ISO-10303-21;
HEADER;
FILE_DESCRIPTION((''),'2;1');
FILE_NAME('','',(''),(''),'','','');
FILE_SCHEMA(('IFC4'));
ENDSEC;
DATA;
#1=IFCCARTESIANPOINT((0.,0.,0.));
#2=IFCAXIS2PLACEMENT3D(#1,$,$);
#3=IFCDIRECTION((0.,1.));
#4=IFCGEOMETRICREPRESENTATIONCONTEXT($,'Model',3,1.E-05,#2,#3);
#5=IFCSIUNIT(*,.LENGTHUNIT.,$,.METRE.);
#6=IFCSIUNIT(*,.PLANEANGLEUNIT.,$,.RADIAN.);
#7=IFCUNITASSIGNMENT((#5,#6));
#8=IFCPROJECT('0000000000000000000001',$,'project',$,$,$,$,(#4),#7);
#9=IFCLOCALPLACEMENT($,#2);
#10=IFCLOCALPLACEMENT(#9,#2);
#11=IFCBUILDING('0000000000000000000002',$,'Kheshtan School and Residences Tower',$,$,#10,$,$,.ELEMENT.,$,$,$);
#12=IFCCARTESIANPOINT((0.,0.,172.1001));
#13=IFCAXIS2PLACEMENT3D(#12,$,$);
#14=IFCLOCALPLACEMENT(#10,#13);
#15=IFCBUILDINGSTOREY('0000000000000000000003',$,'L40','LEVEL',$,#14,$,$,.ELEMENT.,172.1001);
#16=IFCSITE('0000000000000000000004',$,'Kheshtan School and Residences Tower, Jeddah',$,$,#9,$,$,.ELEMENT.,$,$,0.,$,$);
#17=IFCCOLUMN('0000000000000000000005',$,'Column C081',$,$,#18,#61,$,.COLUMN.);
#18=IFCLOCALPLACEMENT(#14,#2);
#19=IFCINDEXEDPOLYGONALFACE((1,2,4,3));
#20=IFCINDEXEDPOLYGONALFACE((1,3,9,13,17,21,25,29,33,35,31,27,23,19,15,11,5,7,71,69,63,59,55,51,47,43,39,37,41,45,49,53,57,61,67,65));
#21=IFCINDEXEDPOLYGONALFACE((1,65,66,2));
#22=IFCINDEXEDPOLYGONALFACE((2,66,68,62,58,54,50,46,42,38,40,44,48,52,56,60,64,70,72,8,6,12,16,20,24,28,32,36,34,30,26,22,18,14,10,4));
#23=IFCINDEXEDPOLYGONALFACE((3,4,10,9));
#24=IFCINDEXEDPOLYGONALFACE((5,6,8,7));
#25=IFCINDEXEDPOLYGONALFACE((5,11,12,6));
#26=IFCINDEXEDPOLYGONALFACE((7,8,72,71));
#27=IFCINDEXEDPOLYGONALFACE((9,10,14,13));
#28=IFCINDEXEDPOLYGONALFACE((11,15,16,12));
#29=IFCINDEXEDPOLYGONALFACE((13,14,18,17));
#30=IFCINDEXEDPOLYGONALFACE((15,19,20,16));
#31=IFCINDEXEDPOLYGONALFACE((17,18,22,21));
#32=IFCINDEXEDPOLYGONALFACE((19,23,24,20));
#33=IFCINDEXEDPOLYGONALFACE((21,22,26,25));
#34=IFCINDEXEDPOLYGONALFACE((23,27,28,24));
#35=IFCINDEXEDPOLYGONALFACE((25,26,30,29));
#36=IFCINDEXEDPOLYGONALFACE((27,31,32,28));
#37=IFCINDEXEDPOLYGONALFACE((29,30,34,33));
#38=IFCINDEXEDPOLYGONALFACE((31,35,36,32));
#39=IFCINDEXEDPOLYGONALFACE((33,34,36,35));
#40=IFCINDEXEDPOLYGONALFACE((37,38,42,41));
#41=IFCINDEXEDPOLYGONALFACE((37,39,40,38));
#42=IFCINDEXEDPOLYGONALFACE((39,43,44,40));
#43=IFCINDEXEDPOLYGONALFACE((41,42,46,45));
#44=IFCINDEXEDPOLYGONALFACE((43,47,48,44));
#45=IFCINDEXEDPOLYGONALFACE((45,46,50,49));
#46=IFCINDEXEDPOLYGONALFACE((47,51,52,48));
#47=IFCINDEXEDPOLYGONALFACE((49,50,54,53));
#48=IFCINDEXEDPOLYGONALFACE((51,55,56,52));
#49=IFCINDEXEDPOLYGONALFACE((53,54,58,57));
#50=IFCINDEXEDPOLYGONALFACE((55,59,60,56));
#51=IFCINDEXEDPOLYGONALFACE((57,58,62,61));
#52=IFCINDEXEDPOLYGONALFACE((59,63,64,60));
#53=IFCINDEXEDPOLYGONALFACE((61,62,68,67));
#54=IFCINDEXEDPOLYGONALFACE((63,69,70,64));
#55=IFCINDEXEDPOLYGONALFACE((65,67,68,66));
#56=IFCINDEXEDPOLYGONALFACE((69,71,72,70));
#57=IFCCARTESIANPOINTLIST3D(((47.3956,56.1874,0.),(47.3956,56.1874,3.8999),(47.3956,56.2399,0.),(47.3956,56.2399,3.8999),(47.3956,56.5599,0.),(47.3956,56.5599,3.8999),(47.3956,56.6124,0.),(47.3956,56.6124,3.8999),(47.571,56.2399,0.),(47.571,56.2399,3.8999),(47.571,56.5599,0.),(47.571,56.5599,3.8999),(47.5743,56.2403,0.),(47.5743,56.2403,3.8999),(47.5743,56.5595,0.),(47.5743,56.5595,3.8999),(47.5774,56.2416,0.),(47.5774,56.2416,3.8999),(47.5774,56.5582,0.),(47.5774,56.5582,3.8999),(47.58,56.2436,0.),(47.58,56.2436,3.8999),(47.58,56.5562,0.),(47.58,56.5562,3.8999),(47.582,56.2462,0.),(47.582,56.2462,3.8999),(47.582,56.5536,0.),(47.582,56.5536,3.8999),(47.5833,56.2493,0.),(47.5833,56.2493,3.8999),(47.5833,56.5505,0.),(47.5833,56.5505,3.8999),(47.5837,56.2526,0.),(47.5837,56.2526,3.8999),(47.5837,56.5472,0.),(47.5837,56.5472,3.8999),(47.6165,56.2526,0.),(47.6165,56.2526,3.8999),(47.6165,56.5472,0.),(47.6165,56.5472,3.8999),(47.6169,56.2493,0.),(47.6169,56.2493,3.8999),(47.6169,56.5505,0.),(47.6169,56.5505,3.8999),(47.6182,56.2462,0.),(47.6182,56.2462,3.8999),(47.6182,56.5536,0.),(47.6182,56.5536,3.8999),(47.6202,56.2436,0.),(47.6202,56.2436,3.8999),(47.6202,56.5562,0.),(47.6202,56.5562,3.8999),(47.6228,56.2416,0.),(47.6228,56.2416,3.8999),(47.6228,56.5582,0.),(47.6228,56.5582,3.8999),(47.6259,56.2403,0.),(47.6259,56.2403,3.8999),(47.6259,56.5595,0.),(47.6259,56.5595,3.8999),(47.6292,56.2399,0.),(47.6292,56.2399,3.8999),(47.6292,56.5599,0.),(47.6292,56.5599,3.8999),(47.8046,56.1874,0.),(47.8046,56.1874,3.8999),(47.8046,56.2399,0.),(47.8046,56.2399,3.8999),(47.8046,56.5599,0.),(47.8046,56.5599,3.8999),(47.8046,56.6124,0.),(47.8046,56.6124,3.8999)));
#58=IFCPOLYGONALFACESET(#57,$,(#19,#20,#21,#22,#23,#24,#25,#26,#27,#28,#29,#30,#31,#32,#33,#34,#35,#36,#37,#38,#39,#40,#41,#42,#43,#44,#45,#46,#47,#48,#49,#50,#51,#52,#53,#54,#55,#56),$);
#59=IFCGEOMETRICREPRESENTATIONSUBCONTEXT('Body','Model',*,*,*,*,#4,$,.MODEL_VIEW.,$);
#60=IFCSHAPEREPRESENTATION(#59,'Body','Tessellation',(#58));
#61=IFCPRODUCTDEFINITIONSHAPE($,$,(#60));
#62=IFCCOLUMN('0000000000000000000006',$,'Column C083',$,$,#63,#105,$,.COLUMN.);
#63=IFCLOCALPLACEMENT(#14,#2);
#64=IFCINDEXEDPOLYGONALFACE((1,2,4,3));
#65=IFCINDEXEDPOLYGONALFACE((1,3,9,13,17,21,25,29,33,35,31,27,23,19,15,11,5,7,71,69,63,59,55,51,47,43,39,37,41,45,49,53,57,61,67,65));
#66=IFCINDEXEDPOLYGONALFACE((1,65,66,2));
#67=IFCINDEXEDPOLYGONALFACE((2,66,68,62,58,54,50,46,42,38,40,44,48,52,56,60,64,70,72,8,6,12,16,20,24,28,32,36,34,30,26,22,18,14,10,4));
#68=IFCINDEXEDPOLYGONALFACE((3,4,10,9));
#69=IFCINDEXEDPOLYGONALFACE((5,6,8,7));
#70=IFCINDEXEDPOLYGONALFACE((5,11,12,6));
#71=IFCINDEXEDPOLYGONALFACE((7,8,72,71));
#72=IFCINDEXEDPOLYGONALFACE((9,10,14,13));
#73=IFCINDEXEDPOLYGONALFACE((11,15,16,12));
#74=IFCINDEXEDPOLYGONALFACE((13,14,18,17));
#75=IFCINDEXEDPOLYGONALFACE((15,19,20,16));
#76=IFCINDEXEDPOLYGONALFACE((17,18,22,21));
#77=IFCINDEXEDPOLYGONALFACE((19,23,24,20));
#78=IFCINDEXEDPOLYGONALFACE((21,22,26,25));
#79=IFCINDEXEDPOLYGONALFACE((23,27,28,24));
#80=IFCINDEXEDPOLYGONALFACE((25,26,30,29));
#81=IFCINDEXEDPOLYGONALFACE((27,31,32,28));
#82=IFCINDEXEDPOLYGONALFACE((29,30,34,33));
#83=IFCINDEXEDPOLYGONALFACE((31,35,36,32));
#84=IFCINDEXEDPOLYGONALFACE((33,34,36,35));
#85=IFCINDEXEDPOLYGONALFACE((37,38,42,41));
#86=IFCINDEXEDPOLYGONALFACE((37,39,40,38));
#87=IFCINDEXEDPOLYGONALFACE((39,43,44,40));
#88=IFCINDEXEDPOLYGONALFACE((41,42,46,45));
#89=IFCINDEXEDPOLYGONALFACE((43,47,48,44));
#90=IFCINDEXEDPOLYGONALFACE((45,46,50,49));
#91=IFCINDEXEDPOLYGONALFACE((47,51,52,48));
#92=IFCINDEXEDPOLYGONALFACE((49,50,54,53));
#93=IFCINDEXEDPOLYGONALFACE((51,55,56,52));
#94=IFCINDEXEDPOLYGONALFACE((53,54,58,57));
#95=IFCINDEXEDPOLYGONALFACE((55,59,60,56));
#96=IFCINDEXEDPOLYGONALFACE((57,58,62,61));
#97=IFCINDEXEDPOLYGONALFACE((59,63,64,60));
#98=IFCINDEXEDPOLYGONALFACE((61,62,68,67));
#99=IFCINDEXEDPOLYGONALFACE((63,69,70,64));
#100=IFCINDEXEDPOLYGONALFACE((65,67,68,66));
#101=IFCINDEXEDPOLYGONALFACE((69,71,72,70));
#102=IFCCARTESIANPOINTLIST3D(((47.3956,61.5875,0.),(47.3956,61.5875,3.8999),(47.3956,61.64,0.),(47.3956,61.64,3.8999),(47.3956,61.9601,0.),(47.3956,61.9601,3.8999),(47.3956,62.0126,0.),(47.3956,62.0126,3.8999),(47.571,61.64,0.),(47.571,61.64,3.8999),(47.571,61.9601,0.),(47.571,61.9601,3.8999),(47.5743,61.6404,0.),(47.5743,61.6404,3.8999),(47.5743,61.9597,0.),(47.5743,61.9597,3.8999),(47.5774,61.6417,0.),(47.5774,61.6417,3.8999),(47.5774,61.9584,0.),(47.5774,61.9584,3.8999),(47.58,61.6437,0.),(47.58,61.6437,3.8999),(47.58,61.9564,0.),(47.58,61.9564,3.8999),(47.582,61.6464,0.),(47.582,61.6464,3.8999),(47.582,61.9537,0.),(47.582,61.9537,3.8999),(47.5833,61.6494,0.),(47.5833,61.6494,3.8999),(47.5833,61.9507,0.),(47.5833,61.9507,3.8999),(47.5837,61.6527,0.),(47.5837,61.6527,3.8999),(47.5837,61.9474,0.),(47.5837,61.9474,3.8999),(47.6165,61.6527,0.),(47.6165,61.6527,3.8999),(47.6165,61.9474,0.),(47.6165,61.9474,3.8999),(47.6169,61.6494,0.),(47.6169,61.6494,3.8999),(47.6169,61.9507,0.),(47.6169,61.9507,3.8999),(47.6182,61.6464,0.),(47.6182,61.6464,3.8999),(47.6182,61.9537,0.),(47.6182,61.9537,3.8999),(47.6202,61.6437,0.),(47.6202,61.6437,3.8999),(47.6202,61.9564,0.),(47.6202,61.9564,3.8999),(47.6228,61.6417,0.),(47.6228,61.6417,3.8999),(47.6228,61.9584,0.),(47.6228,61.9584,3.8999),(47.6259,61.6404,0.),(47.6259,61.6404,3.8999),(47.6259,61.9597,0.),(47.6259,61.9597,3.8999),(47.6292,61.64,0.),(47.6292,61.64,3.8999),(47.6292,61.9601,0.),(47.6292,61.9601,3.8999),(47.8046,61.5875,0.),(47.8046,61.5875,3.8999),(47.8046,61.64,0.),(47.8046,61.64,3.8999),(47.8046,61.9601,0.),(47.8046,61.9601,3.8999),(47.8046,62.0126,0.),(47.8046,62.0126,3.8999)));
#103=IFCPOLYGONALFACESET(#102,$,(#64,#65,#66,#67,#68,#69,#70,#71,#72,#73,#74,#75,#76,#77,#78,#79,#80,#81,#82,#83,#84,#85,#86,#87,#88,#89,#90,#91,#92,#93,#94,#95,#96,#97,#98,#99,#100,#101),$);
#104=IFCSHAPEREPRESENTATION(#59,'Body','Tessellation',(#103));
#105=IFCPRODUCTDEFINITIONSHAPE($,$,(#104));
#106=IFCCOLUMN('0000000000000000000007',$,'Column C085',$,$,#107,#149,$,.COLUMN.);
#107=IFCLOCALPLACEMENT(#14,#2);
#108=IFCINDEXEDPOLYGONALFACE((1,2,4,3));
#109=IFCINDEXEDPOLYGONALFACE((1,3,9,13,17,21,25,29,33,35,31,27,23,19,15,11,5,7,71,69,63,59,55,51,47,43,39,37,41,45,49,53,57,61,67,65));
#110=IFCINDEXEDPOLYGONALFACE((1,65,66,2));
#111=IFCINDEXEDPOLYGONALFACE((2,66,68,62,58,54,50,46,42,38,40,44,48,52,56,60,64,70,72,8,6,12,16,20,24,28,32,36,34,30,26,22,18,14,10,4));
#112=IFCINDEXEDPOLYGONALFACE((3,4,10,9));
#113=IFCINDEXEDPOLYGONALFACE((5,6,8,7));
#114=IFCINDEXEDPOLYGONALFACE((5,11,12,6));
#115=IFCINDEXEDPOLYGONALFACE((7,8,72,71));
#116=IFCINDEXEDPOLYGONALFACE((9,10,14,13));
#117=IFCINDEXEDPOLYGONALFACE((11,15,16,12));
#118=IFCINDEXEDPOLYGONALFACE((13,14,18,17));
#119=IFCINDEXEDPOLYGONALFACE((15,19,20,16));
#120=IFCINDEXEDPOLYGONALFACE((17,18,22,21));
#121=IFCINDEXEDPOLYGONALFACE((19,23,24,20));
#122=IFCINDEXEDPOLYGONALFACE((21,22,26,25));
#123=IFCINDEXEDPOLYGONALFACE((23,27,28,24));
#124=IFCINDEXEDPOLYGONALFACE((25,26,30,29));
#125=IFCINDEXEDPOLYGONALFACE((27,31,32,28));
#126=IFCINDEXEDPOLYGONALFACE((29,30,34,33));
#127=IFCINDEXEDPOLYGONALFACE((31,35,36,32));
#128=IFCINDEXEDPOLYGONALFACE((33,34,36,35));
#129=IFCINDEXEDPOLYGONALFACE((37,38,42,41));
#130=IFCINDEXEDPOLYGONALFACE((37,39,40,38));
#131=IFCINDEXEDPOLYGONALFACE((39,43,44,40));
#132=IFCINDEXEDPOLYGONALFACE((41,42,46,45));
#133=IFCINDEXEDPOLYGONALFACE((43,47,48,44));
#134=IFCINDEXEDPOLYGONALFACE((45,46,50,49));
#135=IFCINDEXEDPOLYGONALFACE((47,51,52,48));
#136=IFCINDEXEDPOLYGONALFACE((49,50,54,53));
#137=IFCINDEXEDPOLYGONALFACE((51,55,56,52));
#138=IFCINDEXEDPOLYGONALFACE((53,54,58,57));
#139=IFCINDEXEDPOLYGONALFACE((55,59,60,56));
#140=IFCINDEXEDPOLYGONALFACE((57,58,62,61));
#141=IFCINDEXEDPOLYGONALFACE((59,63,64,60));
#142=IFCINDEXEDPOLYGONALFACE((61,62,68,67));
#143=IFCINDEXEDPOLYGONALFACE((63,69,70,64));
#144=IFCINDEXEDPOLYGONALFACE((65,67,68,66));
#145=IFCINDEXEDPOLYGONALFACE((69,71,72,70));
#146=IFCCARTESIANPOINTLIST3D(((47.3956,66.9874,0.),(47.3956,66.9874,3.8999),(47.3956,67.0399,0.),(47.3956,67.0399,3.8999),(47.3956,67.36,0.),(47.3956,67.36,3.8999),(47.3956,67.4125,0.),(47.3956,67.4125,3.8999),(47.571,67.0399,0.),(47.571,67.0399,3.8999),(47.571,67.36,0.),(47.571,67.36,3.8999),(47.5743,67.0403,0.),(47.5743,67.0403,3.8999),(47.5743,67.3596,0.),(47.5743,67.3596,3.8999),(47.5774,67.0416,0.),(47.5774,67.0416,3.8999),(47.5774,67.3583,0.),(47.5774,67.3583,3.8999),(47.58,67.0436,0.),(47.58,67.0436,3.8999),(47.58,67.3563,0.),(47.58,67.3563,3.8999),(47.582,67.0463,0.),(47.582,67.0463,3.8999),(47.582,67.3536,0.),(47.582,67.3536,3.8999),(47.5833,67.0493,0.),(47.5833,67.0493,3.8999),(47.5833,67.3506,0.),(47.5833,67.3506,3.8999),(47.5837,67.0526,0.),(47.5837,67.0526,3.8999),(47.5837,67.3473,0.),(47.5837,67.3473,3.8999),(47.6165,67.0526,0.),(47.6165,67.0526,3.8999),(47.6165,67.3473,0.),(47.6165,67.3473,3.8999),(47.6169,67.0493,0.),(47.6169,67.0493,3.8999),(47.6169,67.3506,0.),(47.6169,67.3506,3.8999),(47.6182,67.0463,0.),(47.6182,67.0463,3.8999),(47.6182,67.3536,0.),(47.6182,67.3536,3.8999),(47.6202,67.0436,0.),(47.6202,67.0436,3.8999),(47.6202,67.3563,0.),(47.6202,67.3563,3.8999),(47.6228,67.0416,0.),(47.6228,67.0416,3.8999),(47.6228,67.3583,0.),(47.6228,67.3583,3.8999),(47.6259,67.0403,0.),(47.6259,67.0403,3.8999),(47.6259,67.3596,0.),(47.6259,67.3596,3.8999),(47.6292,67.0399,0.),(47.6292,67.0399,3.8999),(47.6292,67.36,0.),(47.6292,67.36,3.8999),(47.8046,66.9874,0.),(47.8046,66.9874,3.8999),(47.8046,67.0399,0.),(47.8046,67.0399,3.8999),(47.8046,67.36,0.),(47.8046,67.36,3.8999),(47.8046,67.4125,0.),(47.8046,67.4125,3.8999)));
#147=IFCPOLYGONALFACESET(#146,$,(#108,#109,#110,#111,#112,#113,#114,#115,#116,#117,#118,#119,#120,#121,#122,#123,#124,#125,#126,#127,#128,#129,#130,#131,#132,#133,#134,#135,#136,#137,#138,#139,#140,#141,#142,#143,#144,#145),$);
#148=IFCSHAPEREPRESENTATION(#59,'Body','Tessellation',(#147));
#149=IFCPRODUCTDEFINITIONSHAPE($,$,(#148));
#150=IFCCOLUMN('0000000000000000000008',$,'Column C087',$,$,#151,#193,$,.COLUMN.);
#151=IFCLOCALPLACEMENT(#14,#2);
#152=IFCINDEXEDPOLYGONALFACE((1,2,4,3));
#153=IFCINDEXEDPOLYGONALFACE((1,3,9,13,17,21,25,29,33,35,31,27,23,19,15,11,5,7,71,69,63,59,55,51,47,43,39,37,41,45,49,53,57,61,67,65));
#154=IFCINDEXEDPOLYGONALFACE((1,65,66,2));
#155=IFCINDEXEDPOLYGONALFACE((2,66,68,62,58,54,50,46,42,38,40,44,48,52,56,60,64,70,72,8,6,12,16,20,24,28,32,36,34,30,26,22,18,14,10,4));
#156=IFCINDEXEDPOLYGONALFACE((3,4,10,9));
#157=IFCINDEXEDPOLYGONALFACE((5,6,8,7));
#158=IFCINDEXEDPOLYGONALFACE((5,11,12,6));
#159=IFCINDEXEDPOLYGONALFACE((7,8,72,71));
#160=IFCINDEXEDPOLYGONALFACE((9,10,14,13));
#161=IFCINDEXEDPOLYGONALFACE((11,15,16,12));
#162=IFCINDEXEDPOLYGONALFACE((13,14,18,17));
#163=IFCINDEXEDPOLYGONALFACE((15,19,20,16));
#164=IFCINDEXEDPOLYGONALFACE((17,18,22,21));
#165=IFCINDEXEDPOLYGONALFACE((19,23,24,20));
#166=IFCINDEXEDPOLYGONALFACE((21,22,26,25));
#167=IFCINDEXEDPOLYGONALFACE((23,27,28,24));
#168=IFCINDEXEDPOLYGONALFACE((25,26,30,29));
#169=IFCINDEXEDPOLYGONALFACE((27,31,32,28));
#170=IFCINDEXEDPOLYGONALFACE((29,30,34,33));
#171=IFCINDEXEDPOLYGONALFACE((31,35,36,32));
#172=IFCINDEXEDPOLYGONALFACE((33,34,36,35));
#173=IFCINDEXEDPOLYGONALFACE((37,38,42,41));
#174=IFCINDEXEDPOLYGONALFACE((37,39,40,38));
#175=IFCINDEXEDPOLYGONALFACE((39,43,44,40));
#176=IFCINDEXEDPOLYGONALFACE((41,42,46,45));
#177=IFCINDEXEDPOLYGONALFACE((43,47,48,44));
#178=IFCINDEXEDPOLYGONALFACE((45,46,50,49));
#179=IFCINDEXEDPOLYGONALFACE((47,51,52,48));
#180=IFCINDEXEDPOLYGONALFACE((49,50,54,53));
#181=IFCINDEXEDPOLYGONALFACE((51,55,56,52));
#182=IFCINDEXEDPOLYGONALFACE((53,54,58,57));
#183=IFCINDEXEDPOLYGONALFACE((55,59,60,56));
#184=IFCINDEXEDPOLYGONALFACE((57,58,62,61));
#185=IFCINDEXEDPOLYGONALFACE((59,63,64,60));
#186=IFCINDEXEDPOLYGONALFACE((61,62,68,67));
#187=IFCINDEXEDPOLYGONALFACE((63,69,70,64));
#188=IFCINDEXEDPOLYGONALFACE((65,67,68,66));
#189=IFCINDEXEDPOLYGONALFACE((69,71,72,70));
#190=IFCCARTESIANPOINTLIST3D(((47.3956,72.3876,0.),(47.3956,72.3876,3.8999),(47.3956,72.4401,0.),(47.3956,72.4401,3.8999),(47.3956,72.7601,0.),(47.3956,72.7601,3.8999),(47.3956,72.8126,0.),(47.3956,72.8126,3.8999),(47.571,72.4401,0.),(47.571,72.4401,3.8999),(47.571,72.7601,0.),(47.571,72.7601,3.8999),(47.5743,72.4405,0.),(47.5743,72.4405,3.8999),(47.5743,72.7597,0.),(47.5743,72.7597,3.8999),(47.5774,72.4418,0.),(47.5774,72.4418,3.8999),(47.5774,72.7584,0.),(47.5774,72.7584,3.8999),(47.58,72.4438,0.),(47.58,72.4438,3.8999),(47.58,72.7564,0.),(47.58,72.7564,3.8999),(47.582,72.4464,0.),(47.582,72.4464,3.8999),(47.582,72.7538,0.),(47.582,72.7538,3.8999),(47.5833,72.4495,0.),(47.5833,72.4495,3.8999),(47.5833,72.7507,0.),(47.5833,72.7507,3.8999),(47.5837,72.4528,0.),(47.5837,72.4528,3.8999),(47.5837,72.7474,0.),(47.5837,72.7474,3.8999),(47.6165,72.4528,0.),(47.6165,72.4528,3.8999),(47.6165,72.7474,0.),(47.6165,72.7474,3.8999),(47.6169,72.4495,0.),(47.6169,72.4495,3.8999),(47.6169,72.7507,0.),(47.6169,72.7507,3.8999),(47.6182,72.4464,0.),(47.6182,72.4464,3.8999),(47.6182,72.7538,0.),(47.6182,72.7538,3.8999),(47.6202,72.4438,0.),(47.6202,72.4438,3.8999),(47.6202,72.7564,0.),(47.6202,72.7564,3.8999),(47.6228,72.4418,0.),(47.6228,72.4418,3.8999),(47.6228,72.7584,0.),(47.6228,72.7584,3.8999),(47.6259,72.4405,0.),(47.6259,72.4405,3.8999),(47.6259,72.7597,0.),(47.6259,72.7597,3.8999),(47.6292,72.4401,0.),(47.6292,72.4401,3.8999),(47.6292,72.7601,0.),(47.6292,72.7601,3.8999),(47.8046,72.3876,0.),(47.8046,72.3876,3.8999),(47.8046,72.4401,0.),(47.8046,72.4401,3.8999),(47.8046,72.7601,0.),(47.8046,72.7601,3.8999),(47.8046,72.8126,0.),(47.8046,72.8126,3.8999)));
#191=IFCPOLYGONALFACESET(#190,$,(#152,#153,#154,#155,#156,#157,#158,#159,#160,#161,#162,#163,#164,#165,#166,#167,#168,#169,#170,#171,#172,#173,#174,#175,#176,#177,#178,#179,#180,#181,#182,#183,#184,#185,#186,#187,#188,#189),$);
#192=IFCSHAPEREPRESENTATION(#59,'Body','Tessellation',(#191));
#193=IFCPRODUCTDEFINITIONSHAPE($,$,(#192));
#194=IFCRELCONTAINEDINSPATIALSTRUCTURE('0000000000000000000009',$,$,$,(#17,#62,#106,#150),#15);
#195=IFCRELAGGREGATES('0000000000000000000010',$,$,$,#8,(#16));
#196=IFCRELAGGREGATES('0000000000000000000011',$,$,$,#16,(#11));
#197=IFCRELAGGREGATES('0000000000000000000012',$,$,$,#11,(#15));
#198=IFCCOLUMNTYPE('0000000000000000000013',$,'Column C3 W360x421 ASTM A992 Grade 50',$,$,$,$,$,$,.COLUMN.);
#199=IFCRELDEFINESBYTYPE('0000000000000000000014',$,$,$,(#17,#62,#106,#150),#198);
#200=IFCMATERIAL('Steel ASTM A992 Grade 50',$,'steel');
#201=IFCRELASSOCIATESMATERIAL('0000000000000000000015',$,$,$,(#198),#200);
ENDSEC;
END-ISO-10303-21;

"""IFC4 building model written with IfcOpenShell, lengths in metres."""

from ifc_helpers import new_model, si_unit, direction, frame, origin, origin_2d, place, context, subcontext, project, spatial, i_section, extrude, material, material_profile, profile_set, type_object, element, save


model = new_model("IFC4")

# Units and contexts
model_context = context("Model", 3, precision=1e-05, world=origin(), true_north=direction((0.0, 1.0)))
body_context = subcontext(model_context, "Body", "Model", "MODEL_VIEW")
ifc_project = project(units=[si_unit("LENGTHUNIT", "METRE"), si_unit("PLANEANGLEUNIT", "RADIAN")], contexts=[model_context])

# Site, building, storey
site_placement = place(None, origin())
site = spatial("IfcSite", under=ifc_project, at=site_placement, Name="Kheshtan School and Residences Tower, Jeddah", CompositionType="ELEMENT", RefElevation=0.0)
building_placement = place(site_placement, origin())
building = spatial("IfcBuilding", under=site, at=building_placement, Name="Kheshtan School and Residences Tower", CompositionType="ELEMENT")
storey_placement = place(building_placement, frame((0.0, 0.0, 172.1001)))
storey = spatial("IfcBuildingStorey", under=building, at=storey_placement, Name="L40", Description="LEVEL", CompositionType="ELEMENT", Elevation=172.1001)

# Columns
ifc_material_1 = material(Name="Steel ASTM A992 Grade 50", Category="steel")
ifc_material_profile_1 = material_profile(ifc_material_1, i_section(OverallWidth=0.4089, OverallDepth=0.425, WebThickness=0.0327, FlangeThickness=0.0525, FilletRadius=0.0127, at=origin_2d()), Name="W360x421")
ifc_profile_set_1 = profile_set([ifc_material_profile_1], Name="Steel ASTM A992 Grade 50")
column_type = type_object("IfcColumnType", Name="Column C3 W360x421 ASTM A992 Grade 50", PredefinedType="COLUMN", material=ifc_profile_set_1)
for number, where, z_axis, x_axis, name in (
    (1, (47.6001, 56.3999, 0.0), (0.0, 0.0, 1.0), (1.0, 0.0, 0.0), "Column C081"),
    (2, (47.6001, 61.8, 0.0), (0.0, 0.0, 1.0), (1.0, 0.0, 0.0), "Column C083"),
    (3, (47.6001, 67.2, 0.0), (0.0, 0.0, 1.0), (1.0, 0.0, 0.0), "Column C085"),
    (4, (47.6001, 72.6001, 0.0), (0.0, 0.0, 1.0), (1.0, 0.0, 0.0), "Column C087"),
):
    element("IfcColumn", number, at=place(storey_placement, frame(where, z_axis=z_axis, x_axis=x_axis)), inside=storey, type_object=column_type, Name=name, PredefinedType="COLUMN", context=body_context, shape_type="SweptSolid", body=[
        extrude(i_section(OverallWidth=0.4089, OverallDepth=0.425, WebThickness=0.0327, FlangeThickness=0.0525, FilletRadius=0.0127, at=origin_2d()), origin(), (0.0, 0.0, 1.0), 3.8999),
    ])

save(model, "model.ifc")
